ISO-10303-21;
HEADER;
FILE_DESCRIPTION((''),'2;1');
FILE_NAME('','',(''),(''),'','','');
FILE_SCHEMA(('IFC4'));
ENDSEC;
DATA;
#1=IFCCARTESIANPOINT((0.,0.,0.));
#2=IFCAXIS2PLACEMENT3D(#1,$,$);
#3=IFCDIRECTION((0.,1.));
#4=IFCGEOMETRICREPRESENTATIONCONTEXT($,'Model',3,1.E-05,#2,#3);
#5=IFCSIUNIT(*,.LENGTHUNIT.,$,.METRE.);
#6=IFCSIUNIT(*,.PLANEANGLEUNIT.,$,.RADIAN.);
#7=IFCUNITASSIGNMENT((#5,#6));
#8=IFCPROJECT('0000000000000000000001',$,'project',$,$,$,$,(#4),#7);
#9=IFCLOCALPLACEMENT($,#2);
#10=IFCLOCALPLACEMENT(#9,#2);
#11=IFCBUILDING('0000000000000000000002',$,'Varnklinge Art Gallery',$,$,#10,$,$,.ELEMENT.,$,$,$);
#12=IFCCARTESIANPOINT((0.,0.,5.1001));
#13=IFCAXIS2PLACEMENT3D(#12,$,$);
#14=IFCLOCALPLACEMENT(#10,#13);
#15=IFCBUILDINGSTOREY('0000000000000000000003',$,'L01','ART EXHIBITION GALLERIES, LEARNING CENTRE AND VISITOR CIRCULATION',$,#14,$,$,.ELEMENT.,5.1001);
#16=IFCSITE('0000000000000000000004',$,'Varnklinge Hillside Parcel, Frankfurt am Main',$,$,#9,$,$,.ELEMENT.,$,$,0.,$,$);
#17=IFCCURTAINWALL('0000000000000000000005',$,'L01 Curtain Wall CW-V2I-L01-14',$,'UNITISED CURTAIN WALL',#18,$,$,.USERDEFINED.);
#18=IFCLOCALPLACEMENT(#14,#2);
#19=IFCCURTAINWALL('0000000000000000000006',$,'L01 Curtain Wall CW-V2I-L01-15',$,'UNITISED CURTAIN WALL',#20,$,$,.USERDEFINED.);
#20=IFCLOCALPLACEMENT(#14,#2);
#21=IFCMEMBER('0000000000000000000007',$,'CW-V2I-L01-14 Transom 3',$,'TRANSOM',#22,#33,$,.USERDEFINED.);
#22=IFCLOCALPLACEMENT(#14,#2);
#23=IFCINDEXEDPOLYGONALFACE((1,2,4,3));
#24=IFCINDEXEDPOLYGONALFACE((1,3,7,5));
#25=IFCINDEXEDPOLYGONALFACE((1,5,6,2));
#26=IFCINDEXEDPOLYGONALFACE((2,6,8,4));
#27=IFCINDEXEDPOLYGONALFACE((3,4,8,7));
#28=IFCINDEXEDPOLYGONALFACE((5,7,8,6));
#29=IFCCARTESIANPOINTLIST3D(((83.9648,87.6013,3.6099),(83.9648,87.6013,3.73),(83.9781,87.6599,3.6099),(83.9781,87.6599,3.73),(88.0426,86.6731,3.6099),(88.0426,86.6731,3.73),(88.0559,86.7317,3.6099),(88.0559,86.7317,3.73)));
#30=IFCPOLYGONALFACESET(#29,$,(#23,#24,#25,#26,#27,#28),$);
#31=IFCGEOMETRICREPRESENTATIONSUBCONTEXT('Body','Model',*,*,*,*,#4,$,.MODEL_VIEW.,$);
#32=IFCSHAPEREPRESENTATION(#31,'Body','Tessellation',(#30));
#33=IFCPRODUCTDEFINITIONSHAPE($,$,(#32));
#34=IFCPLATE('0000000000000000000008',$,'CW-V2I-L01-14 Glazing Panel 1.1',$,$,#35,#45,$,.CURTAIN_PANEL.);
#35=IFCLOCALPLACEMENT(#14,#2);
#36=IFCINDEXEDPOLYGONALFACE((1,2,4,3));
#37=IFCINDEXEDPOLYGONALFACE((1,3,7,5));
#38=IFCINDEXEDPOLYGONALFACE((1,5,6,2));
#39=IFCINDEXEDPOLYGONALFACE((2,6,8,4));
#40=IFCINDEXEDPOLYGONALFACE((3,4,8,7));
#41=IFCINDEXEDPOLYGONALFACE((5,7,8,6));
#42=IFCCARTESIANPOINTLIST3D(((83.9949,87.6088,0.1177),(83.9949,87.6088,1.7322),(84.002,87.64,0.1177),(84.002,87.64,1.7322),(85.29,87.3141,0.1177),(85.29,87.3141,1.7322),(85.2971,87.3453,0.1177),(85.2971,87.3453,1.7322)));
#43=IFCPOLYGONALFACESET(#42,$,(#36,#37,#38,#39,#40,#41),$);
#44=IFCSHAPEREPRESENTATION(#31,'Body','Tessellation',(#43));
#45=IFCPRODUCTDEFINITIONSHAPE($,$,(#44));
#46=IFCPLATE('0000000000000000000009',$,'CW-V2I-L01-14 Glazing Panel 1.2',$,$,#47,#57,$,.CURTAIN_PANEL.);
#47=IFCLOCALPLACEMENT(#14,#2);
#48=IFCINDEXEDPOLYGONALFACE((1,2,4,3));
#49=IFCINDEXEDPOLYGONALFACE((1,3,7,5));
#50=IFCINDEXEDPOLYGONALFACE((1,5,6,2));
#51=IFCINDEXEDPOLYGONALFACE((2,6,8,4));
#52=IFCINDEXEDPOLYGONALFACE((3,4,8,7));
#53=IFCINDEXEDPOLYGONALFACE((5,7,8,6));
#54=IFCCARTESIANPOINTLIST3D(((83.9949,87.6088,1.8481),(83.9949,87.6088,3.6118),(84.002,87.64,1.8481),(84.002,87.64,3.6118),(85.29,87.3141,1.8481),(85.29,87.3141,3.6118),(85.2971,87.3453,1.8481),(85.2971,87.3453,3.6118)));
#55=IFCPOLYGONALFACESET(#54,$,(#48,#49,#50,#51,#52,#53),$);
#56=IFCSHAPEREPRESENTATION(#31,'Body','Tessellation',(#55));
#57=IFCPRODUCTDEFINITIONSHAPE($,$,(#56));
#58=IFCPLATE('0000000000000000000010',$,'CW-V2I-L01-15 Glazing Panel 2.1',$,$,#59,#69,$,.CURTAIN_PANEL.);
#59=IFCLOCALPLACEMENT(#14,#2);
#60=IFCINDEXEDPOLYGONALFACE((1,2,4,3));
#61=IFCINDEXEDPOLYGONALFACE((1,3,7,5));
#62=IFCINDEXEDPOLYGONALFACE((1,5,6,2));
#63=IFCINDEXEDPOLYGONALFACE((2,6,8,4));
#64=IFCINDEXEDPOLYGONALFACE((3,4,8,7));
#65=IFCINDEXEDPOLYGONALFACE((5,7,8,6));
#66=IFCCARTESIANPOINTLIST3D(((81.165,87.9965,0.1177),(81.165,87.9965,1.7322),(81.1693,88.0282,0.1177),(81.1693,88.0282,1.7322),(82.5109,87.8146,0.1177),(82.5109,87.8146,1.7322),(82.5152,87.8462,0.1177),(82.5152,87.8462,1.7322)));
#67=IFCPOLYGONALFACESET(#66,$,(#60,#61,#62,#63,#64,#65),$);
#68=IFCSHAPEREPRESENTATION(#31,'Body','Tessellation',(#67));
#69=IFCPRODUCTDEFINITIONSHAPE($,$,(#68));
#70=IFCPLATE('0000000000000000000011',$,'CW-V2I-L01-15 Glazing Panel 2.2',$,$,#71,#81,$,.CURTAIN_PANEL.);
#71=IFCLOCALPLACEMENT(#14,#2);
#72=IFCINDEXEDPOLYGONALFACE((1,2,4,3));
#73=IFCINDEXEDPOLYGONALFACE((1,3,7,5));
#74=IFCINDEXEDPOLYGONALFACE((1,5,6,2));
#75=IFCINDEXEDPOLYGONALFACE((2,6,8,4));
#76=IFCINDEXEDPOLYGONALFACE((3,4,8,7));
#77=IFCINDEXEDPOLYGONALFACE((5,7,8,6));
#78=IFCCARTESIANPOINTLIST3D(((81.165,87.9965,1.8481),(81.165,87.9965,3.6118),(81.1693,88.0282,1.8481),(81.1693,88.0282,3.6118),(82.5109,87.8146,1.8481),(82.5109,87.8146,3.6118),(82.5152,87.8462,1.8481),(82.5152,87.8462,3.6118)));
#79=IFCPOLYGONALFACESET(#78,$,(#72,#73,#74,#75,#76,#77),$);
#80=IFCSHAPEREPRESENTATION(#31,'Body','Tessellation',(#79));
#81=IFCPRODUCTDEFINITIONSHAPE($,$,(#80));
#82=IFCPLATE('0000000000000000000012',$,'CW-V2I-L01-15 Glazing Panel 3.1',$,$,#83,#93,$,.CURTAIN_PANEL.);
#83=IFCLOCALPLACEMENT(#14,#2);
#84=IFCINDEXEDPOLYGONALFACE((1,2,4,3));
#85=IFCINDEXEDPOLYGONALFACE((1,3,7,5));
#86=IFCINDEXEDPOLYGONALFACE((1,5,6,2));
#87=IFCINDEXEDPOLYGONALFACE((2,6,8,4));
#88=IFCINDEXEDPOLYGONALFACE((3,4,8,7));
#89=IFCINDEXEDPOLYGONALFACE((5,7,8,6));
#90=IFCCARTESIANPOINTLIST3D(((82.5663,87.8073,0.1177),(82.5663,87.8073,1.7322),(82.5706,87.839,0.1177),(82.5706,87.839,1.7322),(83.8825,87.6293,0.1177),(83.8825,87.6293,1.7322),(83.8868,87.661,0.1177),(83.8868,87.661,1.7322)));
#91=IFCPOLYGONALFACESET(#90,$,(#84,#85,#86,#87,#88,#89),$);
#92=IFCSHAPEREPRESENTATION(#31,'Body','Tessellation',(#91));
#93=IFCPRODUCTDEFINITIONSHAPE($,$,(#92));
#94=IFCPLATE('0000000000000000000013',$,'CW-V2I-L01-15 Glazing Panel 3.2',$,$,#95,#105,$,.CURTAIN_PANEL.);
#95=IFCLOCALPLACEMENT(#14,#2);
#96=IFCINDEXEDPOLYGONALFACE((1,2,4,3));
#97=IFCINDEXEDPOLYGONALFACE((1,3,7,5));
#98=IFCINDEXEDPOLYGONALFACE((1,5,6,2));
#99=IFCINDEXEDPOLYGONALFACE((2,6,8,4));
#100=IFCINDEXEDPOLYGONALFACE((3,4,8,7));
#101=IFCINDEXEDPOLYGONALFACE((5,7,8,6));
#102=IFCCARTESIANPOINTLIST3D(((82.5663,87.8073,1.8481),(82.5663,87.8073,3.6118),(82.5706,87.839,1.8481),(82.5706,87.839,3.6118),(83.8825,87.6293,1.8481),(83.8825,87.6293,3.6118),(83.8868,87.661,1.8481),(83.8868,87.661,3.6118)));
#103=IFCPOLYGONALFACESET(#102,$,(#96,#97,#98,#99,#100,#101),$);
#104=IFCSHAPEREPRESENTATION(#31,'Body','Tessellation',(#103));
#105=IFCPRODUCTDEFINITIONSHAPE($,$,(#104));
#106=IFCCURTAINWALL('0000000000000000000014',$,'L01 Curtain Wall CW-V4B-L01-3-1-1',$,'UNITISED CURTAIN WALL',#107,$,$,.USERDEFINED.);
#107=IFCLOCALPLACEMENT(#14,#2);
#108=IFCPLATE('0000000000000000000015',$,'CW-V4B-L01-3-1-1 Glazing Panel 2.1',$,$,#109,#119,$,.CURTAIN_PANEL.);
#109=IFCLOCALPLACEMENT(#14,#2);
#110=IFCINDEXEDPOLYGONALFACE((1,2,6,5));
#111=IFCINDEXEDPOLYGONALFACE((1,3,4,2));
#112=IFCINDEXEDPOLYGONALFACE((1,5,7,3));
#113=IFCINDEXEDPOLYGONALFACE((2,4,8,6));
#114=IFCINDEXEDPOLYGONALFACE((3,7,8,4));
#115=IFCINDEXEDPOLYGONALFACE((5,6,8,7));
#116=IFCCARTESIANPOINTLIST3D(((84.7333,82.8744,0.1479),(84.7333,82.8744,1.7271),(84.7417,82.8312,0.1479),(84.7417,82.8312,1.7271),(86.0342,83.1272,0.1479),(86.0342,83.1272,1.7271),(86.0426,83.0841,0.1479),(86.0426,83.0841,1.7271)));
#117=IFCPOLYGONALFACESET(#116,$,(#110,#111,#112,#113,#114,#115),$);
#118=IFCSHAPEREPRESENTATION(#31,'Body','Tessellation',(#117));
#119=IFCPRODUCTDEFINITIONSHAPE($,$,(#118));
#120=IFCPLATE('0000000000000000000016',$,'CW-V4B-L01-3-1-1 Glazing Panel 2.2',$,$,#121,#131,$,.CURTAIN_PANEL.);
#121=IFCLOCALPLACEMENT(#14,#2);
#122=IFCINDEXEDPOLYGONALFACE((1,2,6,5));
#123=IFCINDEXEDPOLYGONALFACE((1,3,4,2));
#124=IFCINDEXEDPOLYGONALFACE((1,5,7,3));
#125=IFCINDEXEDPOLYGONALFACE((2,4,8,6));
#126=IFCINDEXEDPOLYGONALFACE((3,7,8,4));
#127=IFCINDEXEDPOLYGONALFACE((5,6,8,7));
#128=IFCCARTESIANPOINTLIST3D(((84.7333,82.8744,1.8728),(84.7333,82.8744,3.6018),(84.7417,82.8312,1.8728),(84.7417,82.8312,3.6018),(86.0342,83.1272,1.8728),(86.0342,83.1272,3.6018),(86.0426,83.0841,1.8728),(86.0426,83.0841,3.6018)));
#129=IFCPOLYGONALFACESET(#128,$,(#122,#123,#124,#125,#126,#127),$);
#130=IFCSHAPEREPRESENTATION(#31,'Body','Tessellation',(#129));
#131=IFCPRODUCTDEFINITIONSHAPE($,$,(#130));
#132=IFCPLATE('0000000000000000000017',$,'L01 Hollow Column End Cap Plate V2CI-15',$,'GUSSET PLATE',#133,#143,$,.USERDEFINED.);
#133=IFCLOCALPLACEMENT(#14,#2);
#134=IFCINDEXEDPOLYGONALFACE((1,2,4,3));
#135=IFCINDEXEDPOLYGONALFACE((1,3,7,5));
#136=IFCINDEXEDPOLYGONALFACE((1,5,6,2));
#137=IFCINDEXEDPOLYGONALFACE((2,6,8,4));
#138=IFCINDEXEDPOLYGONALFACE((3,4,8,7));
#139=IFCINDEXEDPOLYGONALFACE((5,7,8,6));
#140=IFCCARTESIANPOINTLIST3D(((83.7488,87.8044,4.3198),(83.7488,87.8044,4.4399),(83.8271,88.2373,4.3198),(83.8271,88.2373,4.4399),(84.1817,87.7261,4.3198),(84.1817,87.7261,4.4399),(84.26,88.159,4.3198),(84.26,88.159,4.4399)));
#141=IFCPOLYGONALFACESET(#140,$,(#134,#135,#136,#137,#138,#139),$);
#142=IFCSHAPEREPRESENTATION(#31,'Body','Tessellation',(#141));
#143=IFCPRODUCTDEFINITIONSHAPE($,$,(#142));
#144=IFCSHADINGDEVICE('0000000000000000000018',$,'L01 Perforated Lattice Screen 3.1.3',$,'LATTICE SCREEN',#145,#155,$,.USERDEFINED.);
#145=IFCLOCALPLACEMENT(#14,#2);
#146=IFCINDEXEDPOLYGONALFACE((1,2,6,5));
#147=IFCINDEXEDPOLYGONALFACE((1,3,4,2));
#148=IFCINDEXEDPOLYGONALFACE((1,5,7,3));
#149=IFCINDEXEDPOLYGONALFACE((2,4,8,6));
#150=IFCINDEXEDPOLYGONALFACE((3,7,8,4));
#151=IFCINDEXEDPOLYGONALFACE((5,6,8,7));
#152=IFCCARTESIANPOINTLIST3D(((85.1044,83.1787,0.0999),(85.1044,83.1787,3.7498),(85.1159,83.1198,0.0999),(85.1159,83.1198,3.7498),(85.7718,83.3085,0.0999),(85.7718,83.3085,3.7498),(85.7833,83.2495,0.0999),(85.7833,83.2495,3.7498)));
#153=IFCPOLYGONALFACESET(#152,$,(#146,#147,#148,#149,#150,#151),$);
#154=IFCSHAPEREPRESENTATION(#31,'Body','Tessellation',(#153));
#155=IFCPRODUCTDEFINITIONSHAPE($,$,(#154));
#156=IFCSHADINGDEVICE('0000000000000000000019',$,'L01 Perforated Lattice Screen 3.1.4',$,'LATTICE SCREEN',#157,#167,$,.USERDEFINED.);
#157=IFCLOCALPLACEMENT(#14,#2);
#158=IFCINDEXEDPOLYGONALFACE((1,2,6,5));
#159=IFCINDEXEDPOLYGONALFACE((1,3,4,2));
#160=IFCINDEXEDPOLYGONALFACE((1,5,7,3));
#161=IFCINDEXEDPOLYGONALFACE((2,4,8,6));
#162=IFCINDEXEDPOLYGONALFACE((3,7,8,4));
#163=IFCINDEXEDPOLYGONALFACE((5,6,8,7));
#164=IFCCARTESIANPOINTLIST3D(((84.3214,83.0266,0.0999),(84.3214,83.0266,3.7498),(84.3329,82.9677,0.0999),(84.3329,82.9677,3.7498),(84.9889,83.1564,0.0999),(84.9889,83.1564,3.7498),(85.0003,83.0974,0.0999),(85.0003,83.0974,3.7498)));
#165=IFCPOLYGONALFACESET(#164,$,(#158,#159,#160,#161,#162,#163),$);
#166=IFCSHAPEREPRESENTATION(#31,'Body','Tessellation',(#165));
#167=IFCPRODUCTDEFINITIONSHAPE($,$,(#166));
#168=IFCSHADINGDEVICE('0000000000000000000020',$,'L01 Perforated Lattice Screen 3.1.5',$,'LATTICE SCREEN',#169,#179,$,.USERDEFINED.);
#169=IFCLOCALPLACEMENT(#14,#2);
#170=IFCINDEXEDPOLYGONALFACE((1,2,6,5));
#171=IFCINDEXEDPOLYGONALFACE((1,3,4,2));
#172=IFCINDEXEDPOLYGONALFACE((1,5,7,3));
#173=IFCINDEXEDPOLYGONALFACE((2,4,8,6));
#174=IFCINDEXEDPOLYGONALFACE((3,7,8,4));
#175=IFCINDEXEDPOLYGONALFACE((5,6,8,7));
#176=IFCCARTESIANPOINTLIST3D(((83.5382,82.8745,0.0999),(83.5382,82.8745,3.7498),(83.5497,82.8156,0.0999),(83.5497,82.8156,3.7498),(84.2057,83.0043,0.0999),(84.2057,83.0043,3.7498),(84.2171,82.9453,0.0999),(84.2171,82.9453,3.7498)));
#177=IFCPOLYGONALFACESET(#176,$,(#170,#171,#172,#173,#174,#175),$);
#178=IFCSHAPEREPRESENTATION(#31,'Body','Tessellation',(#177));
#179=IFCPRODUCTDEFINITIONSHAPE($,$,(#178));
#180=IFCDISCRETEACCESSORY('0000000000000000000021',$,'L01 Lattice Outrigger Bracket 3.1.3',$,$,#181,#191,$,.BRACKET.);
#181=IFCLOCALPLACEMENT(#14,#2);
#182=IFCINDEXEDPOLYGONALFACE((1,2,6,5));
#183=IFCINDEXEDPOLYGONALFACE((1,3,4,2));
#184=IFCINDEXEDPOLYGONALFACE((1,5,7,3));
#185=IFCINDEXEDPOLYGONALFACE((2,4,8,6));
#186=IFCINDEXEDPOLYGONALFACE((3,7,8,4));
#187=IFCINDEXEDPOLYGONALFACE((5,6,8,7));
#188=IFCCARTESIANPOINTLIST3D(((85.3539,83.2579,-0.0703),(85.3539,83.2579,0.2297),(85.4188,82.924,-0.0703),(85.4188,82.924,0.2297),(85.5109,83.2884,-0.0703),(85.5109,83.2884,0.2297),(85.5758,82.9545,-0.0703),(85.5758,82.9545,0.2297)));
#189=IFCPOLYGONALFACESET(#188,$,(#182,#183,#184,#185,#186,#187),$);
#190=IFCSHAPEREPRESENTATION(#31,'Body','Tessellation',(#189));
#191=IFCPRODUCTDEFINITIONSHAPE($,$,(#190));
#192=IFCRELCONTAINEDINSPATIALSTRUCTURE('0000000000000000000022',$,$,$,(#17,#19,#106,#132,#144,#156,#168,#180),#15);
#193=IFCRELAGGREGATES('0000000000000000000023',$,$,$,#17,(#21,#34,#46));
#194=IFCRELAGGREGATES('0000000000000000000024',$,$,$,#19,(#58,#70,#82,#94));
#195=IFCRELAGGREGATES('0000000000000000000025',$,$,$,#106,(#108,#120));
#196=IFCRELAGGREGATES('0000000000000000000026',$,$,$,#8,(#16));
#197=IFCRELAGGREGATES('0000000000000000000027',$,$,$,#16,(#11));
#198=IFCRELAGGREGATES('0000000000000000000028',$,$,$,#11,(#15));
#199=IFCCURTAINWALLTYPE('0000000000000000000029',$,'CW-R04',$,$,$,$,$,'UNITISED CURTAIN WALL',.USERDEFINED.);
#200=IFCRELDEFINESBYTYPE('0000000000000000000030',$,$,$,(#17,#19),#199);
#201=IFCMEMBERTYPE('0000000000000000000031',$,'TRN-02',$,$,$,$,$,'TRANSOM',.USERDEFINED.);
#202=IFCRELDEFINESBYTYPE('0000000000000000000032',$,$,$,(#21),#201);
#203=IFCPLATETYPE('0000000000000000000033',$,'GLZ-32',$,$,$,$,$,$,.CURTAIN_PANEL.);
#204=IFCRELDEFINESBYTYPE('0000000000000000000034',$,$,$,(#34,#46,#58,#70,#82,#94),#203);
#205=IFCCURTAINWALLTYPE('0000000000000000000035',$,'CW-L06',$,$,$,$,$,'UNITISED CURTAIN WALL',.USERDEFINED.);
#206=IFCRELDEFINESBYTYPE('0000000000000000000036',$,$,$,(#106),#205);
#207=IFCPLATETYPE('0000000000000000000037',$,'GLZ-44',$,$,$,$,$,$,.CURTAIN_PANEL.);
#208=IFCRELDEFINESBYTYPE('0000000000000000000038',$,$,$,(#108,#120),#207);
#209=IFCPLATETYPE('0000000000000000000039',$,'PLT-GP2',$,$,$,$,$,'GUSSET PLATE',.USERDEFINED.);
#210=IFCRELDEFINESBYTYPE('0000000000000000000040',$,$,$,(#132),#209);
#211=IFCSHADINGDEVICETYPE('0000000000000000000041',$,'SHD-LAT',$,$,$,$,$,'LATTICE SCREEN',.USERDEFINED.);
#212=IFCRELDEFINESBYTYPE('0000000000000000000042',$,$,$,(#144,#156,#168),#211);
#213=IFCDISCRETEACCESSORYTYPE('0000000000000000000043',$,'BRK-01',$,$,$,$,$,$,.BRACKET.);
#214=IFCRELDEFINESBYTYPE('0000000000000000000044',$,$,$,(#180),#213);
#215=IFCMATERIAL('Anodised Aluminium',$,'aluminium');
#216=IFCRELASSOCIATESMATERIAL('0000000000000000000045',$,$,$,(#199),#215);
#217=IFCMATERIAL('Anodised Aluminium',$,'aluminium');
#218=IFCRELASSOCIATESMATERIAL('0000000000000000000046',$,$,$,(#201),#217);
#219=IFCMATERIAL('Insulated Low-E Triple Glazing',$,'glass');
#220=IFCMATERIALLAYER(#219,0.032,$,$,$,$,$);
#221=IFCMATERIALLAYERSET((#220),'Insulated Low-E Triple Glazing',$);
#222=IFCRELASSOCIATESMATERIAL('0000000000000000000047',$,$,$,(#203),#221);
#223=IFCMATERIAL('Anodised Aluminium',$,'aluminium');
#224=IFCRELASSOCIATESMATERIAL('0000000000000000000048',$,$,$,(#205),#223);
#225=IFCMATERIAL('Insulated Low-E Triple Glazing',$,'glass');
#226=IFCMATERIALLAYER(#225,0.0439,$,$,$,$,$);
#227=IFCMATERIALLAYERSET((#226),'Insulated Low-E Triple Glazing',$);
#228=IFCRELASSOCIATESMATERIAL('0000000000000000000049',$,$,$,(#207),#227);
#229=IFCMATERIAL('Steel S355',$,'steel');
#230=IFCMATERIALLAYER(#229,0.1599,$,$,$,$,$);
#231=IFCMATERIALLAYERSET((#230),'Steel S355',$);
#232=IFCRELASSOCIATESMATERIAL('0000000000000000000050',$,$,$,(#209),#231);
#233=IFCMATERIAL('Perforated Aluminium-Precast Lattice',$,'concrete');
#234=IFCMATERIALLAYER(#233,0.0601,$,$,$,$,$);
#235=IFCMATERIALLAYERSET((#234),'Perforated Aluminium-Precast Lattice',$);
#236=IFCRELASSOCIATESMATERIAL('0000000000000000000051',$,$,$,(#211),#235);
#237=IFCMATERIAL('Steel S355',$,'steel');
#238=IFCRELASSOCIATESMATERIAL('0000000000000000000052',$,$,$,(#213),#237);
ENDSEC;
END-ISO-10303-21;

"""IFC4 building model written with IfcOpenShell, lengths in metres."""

from ifc_helpers import new_model, si_unit, direction, frame, origin, origin_2d, place, context, subcontext, project, spatial, rectangle, extrude, material, layer, layer_set, material_profile, profile_set, type_object, element, aggregate, save


model = new_model("IFC4")

# Units and contexts
model_context = context("Model", 3, precision=1e-05, world=origin(), true_north=direction((0.0, 1.0)))
body_context = subcontext(model_context, "Body", "Model", "MODEL_VIEW")
ifc_project = project(units=[si_unit("LENGTHUNIT", "METRE"), si_unit("PLANEANGLEUNIT", "RADIAN")], contexts=[model_context])

# Site, building, storey
site_placement = place(None, origin())
site = spatial("IfcSite", under=ifc_project, at=site_placement, Name="Varnklinge Hillside Parcel, Frankfurt am Main", CompositionType="ELEMENT", RefElevation=0.0)
building_placement = place(site_placement, origin())
building = spatial("IfcBuilding", under=site, at=building_placement, Name="Varnklinge Art Gallery", CompositionType="ELEMENT")
storey_placement = place(building_placement, frame((0.0, 0.0, 5.1001)))
storey = spatial("IfcBuildingStorey", under=building, at=storey_placement, Name="L01", Description="ART EXHIBITION GALLERIES, LEARNING CENTRE AND VISITOR CIRCULATION", CompositionType="ELEMENT", Elevation=5.1001)

# Curtain walls
ifc_material_1 = material(Name="Anodised Aluminium", Category="aluminium")
curtain_wall_type_1 = type_object("IfcCurtainWallType", Name="CW-R04", ElementType="UNITISED CURTAIN WALL", PredefinedType="USERDEFINED", material=ifc_material_1)
curtain_wall_1_placement = place(storey_placement, origin())
curtain_wall_1 = element("IfcCurtainWall", 1, at=curtain_wall_1_placement, inside=storey, type_object=curtain_wall_type_1, Name="L01 Curtain Wall CW-V2I-L01-14", ObjectType="UNITISED CURTAIN WALL", PredefinedType="USERDEFINED")
curtain_wall_2_placement = place(storey_placement, origin())
curtain_wall_2 = element("IfcCurtainWall", 2, at=curtain_wall_2_placement, inside=storey, type_object=curtain_wall_type_1, Name="L01 Curtain Wall CW-V2I-L01-15", ObjectType="UNITISED CURTAIN WALL", PredefinedType="USERDEFINED")

# Member
ifc_material_2 = material(Name="Anodised Aluminium", Category="aluminium")
ifc_material_profile_1 = material_profile(ifc_material_2, rectangle(XDim=0.0601, YDim=0.1201, at=origin_2d()), Name="ALU 60x120")
ifc_profile_set_1 = profile_set([ifc_material_profile_1], Name="Anodised Aluminium")
member_type_1 = type_object("IfcMemberType", Name="TRN-02", ElementType="TRANSOM", PredefinedType="USERDEFINED", material=ifc_profile_set_1)
member_1_placement = place(storey_placement, frame((83.9714, 87.6306, 3.6699), z_axis=(0.975059, -0.221947, 0.0), x_axis=(0.221947, 0.975059, 0.0)))
member_1 = element("IfcMember", 3, at=member_1_placement, type_object=member_type_1, Name="CW-V2I-L01-14 Transom 3", ObjectType="TRANSOM", PredefinedType="USERDEFINED", context=body_context, shape_type="SweptSolid", body=[
    extrude(rectangle(XDim=0.0601, YDim=0.1201, at=origin_2d()), origin(), (0.0, 0.0, 1.0), 4.1821),
])

# Plates
ifc_material_3 = material(Name="Insulated Low-E Triple Glazing", Category="glass")
ifc_layer_1 = layer(ifc_material_3, 0.032)
ifc_layer_set_1 = layer_set([ifc_layer_1], Name="Insulated Low-E Triple Glazing")
plate_type_1 = type_object("IfcPlateType", Name="GLZ-32", PredefinedType="CURTAIN_PANEL", material=ifc_layer_set_1)
plate_1_placement = place(storey_placement, frame((84.646, 87.4771, 0.1177), z_axis=(0.0, 0.0, 1.0), x_axis=(0.975072, -0.221889, 0.0)))
plate_1 = element("IfcPlate", 4, at=plate_1_placement, type_object=plate_type_1, Name="CW-V2I-L01-14 Glazing Panel 1.1", PredefinedType="CURTAIN_PANEL", context=body_context, shape_type="SweptSolid", body=[
    extrude(rectangle(XDim=1.3281, YDim=0.032, at=origin_2d()), origin(), (0.0, 0.0, 1.0), 1.6145),
])
plate_2_placement = place(storey_placement, frame((84.646, 87.4771, 1.8481), z_axis=(0.0, 0.0, 1.0), x_axis=(0.975072, -0.221889, 0.0)))
plate_2 = element("IfcPlate", 5, at=plate_2_placement, type_object=plate_type_1, Name="CW-V2I-L01-14 Glazing Panel 1.2", PredefinedType="CURTAIN_PANEL", context=body_context, shape_type="SweptSolid", body=[
    extrude(rectangle(XDim=1.3281, YDim=0.032, at=origin_2d()), origin(), (0.0, 0.0, 1.0), 1.7637),
])
aggregate(curtain_wall_1, [member_1, plate_1, plate_2])
plate_3_placement = place(storey_placement, frame((81.8401, 87.9214, 0.1177), z_axis=(0.0, 0.0, 1.0), x_axis=(0.990983, -0.133986, 0.0)))
plate_3 = element("IfcPlate", 6, at=plate_3_placement, type_object=plate_type_1, Name="CW-V2I-L01-15 Glazing Panel 2.1", PredefinedType="CURTAIN_PANEL", context=body_context, shape_type="SweptSolid", body=[
    extrude(rectangle(XDim=1.3582, YDim=0.032, at=origin_2d()), origin(), (0.0, 0.0, 1.0), 1.6145),
])
plate_4_placement = place(storey_placement, frame((81.8401, 87.9214, 1.8481), z_axis=(0.0, 0.0, 1.0), x_axis=(0.990983, -0.133986, 0.0)))
plate_4 = element("IfcPlate", 7, at=plate_4_placement, type_object=plate_type_1, Name="CW-V2I-L01-15 Glazing Panel 2.2", PredefinedType="CURTAIN_PANEL", context=body_context, shape_type="SweptSolid", body=[
    extrude(rectangle(XDim=1.3582, YDim=0.032, at=origin_2d()), origin(), (0.0, 0.0, 1.0), 1.7637),
])
plate_5_placement = place(storey_placement, frame((83.2266, 87.7341, 0.1177), z_axis=(0.0, 0.0, 1.0), x_axis=(0.990983, -0.133986, 0.0)))
plate_5 = element("IfcPlate", 8, at=plate_5_placement, type_object=plate_type_1, Name="CW-V2I-L01-15 Glazing Panel 3.1", PredefinedType="CURTAIN_PANEL", context=body_context, shape_type="SweptSolid", body=[
    extrude(rectangle(XDim=1.3281, YDim=0.032, at=origin_2d()), origin(), (0.0, 0.0, 1.0), 1.6145),
])
plate_6_placement = place(storey_placement, frame((83.2266, 87.7341, 1.8481), z_axis=(0.0, 0.0, 1.0), x_axis=(0.990983, -0.133986, 0.0)))
plate_6 = element("IfcPlate", 9, at=plate_6_placement, type_object=plate_type_1, Name="CW-V2I-L01-15 Glazing Panel 3.2", PredefinedType="CURTAIN_PANEL", context=body_context, shape_type="SweptSolid", body=[
    extrude(rectangle(XDim=1.3281, YDim=0.032, at=origin_2d()), origin(), (0.0, 0.0, 1.0), 1.7637),
])
aggregate(curtain_wall_2, [plate_3, plate_4, plate_5, plate_6])

# Curtain wall, plates
ifc_material_4 = material(Name="Anodised Aluminium", Category="aluminium")
curtain_wall_type_2 = type_object("IfcCurtainWallType", Name="CW-L06", ElementType="UNITISED CURTAIN WALL", PredefinedType="USERDEFINED", material=ifc_material_4)
curtain_wall_3_placement = place(storey_placement, origin())
curtain_wall_3 = element("IfcCurtainWall", 10, at=curtain_wall_3_placement, inside=storey, type_object=curtain_wall_type_2, Name="L01 Curtain Wall CW-V4B-L01-3-1-1", ObjectType="UNITISED CURTAIN WALL", PredefinedType="USERDEFINED")
ifc_material_5 = material(Name="Insulated Low-E Triple Glazing", Category="glass")
ifc_layer_2 = layer(ifc_material_5, 0.0439)
ifc_layer_set_2 = layer_set([ifc_layer_2], Name="Insulated Low-E Triple Glazing")
plate_type_2 = type_object("IfcPlateType", Name="GLZ-44", PredefinedType="CURTAIN_PANEL", material=ifc_layer_set_2)
plate_7_placement = place(storey_placement, frame((85.3879, 82.9792, 0.1479), z_axis=(0.0, 0.0, 1.0), x_axis=(-0.981627, -0.190809, 0.0)))
plate_7 = element("IfcPlate", 11, at=plate_7_placement, type_object=plate_type_2, Name="CW-V4B-L01-3-1-1 Glazing Panel 2.1", PredefinedType="CURTAIN_PANEL", context=body_context, shape_type="SweptSolid", body=[
    extrude(rectangle(XDim=1.3252, YDim=0.0439, at=origin_2d()), origin(), (0.0, 0.0, 1.0), 1.5791),
])
plate_8_placement = place(storey_placement, frame((85.3879, 82.9792, 1.8728), z_axis=(0.0, 0.0, 1.0), x_axis=(-0.981627, -0.190809, 0.0)))
plate_8 = element("IfcPlate", 12, at=plate_8_placement, type_object=plate_type_2, Name="CW-V4B-L01-3-1-1 Glazing Panel 2.2", PredefinedType="CURTAIN_PANEL", context=body_context, shape_type="SweptSolid", body=[
    extrude(rectangle(XDim=1.3252, YDim=0.0439, at=origin_2d()), origin(), (0.0, 0.0, 1.0), 1.729),
])
aggregate(curtain_wall_3, [plate_7, plate_8])

# Plate
ifc_material_6 = material(Name="Steel S355", Category="steel")
ifc_layer_3 = layer(ifc_material_6, 0.1599)
ifc_layer_set_3 = layer_set([ifc_layer_3], Name="Steel S355")
plate_type_3 = type_object("IfcPlateType", Name="PLT-GP2", ElementType="GUSSET PLATE", PredefinedType="USERDEFINED", material=ifc_layer_set_3)
plate_9_placement = place(storey_placement, frame((84.0044, 87.9817, 4.3198), z_axis=(0.0, 0.0, 1.0), x_axis=(-0.178115, -0.98401, 0.0)))
element("IfcPlate", 13, at=plate_9_placement, inside=storey, type_object=plate_type_3, Name="L01 Hollow Column End Cap Plate V2CI-15", ObjectType="GUSSET PLATE", PredefinedType="USERDEFINED", context=body_context, shape_type="SweptSolid", body=[
    extrude(rectangle(XDim=0.4399, YDim=0.4399, at=origin_2d()), origin(), (0.0, 0.0, 1.0), 0.1201),
])

# Shading devices
ifc_material_7 = material(Name="Perforated Aluminium-Precast Lattice", Category="concrete")
ifc_layer_4 = layer(ifc_material_7, 0.0601)
ifc_layer_set_4 = layer_set([ifc_layer_4], Name="Perforated Aluminium-Precast Lattice")
shading_device_type = type_object("IfcShadingDeviceType", Name="SHD-LAT", ElementType="LATTICE SCREEN", PredefinedType="USERDEFINED", material=ifc_layer_set_4)
for number, where, z_axis, x_axis, name in (
    (14, (85.4438, 83.2141, 0.0999), (0.0, 0.0, 1.0), (-0.981627, -0.190809, 0.0), "L01 Perforated Lattice Screen 3.1.3"),
    (15, (84.6609, 83.062, 0.0999), (0.0, 0.0, 1.0), (-0.981627, -0.190809, 0.0), "L01 Perforated Lattice Screen 3.1.4"),
    (16, (83.8777, 82.9099, 0.0999), (0.0, 0.0, 1.0), (-0.981627, -0.190809, 0.0), "L01 Perforated Lattice Screen 3.1.5"),
):
    element("IfcShadingDevice", number, at=place(storey_placement, frame(where, z_axis=z_axis, x_axis=x_axis)), inside=storey, type_object=shading_device_type, Name=name, ObjectType="LATTICE SCREEN", PredefinedType="USERDEFINED", context=body_context, shape_type="SweptSolid", body=[
        extrude(rectangle(XDim=0.6799, YDim=0.0601, at=origin_2d()), origin(), (0.0, 0.0, 1.0), 3.6499),
    ])

# Discrete accessory
ifc_material_8 = material(Name="Steel S355", Category="steel")
discrete_accessory_type = type_object("IfcDiscreteAccessoryType", Name="BRK-01", PredefinedType="BRACKET", material=ifc_material_8)
for number, where, z_axis, x_axis, name in (
    (17, (85.4648, 83.1062, -0.0703), (0.0, 0.0, 1.0), (-0.981627, -0.190809, 0.0), "L01 Lattice Outrigger Bracket 3.1.3"),
):
    element("IfcDiscreteAccessory", number, at=place(storey_placement, frame(where, z_axis=z_axis, x_axis=x_axis)), inside=storey, type_object=discrete_accessory_type, Name=name, PredefinedType="BRACKET", context=body_context, shape_type="SweptSolid", body=[
        extrude(rectangle(XDim=0.1599, YDim=0.3401, at=origin_2d()), origin(), (0.0, 0.0, 1.0), 0.3),
    ])

save(model, "model.ifc")
